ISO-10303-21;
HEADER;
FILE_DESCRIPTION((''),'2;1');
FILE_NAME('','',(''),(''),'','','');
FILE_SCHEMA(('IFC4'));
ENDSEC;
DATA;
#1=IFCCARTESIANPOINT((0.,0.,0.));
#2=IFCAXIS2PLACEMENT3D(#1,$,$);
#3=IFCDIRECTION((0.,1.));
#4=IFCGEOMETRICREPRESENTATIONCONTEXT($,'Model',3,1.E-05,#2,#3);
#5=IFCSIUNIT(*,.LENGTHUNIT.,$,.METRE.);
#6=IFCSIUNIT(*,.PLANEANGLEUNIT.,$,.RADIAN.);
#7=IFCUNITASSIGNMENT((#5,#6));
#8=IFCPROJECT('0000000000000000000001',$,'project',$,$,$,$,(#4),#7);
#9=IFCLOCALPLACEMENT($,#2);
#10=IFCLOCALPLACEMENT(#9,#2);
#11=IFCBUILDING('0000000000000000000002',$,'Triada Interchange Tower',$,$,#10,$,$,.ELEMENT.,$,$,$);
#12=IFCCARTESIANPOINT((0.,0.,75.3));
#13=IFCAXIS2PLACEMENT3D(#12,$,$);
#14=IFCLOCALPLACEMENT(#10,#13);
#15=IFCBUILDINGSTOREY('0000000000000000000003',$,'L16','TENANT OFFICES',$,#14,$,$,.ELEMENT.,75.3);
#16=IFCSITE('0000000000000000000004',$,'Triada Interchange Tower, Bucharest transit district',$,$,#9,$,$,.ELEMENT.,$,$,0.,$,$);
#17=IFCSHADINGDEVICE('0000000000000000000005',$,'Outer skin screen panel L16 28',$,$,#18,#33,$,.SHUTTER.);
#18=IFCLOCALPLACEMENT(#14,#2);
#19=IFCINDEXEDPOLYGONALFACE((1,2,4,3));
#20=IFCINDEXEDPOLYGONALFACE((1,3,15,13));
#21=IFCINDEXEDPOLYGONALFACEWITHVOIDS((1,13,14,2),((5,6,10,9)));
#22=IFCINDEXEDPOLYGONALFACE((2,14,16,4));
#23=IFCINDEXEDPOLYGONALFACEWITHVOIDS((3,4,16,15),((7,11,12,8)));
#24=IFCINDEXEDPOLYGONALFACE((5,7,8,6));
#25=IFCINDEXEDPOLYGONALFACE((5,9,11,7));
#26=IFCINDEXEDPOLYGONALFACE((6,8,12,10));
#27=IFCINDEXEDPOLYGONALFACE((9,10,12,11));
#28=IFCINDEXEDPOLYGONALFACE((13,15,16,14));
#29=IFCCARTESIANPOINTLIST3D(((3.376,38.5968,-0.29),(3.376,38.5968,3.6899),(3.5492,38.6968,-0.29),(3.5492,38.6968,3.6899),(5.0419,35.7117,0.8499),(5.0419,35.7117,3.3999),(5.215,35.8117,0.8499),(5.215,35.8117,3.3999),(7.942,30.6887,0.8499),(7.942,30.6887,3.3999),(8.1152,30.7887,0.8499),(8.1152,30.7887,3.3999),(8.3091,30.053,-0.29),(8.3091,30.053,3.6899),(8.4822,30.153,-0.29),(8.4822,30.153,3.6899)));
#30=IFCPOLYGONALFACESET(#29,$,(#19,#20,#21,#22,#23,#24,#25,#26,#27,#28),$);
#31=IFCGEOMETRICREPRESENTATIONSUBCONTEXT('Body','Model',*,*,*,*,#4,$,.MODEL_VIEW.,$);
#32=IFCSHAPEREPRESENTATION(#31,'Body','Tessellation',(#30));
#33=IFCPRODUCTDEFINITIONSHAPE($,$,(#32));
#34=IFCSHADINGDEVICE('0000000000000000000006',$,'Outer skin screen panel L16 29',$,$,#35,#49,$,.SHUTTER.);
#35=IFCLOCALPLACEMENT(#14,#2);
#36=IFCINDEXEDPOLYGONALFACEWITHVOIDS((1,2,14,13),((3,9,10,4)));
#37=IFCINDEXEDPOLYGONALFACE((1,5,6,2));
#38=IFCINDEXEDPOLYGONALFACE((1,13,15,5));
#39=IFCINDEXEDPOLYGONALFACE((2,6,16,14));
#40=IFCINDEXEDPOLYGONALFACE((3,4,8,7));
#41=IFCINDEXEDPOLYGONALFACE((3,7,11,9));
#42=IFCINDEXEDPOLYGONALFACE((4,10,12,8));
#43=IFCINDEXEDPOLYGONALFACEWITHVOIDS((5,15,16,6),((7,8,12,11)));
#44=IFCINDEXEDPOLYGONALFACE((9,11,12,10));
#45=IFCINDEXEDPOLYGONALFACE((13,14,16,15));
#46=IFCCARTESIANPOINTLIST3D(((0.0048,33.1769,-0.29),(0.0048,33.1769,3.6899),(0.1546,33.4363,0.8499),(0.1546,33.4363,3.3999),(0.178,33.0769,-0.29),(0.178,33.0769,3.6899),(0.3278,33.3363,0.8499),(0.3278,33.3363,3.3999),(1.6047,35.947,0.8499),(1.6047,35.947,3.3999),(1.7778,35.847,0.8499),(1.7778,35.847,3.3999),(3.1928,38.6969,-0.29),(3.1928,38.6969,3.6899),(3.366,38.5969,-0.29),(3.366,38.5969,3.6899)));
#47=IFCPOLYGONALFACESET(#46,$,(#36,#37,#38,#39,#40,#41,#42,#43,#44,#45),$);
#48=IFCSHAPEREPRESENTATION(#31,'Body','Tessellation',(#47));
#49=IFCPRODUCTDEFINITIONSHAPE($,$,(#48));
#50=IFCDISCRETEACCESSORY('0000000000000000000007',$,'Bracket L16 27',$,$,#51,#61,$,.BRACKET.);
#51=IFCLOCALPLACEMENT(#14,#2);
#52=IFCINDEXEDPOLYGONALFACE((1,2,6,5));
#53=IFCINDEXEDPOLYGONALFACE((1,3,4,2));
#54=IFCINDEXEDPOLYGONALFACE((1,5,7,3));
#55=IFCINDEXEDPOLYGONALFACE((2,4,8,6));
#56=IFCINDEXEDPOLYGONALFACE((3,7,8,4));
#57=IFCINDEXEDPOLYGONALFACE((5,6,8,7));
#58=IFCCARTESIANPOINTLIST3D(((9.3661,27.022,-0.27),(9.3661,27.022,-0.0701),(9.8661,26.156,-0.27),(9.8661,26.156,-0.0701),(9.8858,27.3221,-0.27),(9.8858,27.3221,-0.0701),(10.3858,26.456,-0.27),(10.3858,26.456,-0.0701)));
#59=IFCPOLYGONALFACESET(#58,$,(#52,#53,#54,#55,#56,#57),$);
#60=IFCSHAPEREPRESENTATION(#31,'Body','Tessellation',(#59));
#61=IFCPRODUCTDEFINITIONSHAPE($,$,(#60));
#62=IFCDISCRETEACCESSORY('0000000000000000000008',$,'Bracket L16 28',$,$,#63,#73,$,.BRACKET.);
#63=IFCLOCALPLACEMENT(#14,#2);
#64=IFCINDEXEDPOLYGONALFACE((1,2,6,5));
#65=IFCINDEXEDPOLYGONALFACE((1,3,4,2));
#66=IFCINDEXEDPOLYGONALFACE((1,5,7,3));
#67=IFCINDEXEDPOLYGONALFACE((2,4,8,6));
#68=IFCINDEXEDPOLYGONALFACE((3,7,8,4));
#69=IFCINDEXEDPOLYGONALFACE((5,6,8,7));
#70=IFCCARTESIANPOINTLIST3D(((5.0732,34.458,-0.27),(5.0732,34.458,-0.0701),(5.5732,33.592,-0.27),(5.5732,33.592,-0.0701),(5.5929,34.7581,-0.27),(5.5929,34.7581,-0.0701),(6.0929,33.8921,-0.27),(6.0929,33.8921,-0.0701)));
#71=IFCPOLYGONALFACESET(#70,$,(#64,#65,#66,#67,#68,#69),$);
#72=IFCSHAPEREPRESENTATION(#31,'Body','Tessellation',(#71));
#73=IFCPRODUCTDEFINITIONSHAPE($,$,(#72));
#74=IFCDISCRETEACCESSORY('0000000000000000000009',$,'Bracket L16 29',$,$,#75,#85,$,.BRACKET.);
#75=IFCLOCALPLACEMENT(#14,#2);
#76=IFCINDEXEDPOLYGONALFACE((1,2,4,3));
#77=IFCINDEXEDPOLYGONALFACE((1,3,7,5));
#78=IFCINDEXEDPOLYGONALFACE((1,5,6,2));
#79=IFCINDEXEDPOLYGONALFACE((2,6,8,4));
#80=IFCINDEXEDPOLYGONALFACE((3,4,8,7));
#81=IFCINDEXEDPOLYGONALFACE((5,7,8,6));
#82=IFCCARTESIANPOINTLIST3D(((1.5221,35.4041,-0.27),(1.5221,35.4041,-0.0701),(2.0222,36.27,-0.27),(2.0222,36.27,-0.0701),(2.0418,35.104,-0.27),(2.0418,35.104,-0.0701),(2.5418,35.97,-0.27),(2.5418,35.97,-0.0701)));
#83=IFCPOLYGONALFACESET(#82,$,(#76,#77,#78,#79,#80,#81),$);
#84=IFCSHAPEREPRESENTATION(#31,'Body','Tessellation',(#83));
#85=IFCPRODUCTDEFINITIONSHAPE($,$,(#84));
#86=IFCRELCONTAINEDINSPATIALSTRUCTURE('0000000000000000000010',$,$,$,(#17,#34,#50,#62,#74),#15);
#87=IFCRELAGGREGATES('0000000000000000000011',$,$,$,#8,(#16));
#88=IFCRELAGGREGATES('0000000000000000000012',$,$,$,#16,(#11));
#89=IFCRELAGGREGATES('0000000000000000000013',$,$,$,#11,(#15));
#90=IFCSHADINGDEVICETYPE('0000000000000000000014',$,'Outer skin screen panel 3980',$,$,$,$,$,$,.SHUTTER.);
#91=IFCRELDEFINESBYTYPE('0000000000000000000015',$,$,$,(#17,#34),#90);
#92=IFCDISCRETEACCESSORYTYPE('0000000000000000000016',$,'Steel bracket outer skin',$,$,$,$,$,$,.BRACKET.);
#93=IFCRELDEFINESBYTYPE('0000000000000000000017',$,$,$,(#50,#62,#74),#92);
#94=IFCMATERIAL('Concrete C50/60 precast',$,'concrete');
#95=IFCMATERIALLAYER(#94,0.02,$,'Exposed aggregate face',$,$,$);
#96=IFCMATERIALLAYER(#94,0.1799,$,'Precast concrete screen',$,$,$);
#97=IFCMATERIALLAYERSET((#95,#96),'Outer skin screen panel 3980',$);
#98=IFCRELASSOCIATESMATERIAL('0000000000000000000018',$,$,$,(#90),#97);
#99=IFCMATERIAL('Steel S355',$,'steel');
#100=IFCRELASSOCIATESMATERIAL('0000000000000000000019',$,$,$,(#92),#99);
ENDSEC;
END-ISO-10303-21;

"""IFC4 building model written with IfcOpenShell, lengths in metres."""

from ifc_helpers import new_model, si_unit, direction, frame, origin, origin_2d, place, context, subcontext, project, spatial, polyline, rectangle, outline, extrude, material, layer, layer_set, type_object, element, save


model = new_model("IFC4")

# Units and contexts
model_context = context("Model", 3, precision=1e-05, world=origin(), true_north=direction((0.0, 1.0)))
body_context = subcontext(model_context, "Body", "Model", "MODEL_VIEW")
ifc_project = project(units=[si_unit("LENGTHUNIT", "METRE"), si_unit("PLANEANGLEUNIT", "RADIAN")], contexts=[model_context])

# Site, building, storey
site_placement = place(None, origin())
site = spatial("IfcSite", under=ifc_project, at=site_placement, Name="Triada Interchange Tower, Bucharest transit district", CompositionType="ELEMENT", RefElevation=0.0)
building_placement = place(site_placement, origin())
building = spatial("IfcBuilding", under=site, at=building_placement, Name="Triada Interchange Tower", CompositionType="ELEMENT")
storey_placement = place(building_placement, frame((0.0, 0.0, 75.3)))
storey = spatial("IfcBuildingStorey", under=building, at=storey_placement, Name="L16", Description="TENANT OFFICES", CompositionType="ELEMENT", Elevation=75.3)

# Shading devices
ifc_material_1 = material(Name="Concrete C50/60 precast", Category="concrete")
ifc_layer_1 = layer(ifc_material_1, 0.02, Name="Exposed aggregate face")
ifc_layer_2 = layer(ifc_material_1, 0.1799, Name="Precast concrete screen")
ifc_layer_set_1 = layer_set([ifc_layer_1, ifc_layer_2], Name="Outer skin screen panel 3980")
shading_device_type = type_object("IfcShadingDeviceType", Name="Outer skin screen panel 3980", PredefinedType="SHUTTER", material=ifc_layer_set_1)
shading_device_1_placement = place(storey_placement, frame((8.3091, 30.053, -0.29), z_axis=(0.0, 0.0, 1.0), x_axis=(-0.500019, 0.866014, 0.0)))
element("IfcShadingDevice", 1, at=shading_device_1_placement, inside=storey, type_object=shading_device_type, Name="Outer skin screen panel L16 28", PredefinedType="SHUTTER", context=body_context, shape_type="SweptSolid", body=[
    extrude(outline(polyline([(0.0, 0.0), (9.8657, 0.0), (9.8657, 3.98), (0.0, 3.98), (0.0, 0.0)]), holes=[polyline([(0.7341, 1.1399), (0.7341, 3.6899), (6.5342, 3.6899), (6.5342, 1.1399), (0.7341, 1.1399)])]), frame((0.0, 0.0, 0.0), z_axis=(0.0, -1.0, 0.0), x_axis=(1.0, 0.0, 0.0)), (0.0, 0.0, 1.0), 0.2),
])
shading_device_2_placement = place(storey_placement, frame((3.366, 38.5969, -0.29), z_axis=(0.0, 0.0, 1.0), x_axis=(-0.500118, -0.865957, 0.0)))
element("IfcShadingDevice", 2, at=shading_device_2_placement, inside=storey, type_object=shading_device_type, Name="Outer skin screen panel L16 29", PredefinedType="SHUTTER", context=body_context, shape_type="SweptSolid", body=[
    extrude(outline(polyline([(0.0, 0.0), (6.3745, 0.0), (6.3745, 3.98), (0.0, 3.98), (0.0, 0.0)]), holes=[polyline([(3.1755, 1.1399), (3.1755, 3.6899), (6.075, 3.6899), (6.075, 1.1399), (3.1755, 1.1399)])]), frame((0.0, 0.0, 0.0), z_axis=(0.0, -1.0, 0.0), x_axis=(1.0, 0.0, 0.0)), (0.0, 0.0, 1.0), 0.2),
])

# Discrete accessories
ifc_material_2 = material(Name="Steel S355", Category="steel")
discrete_accessory_type = type_object("IfcDiscreteAccessoryType", Name="Steel bracket outer skin", PredefinedType="BRACKET", material=ifc_material_2)
for number, where, z_axis, x_axis, name in (
    (3, (9.876, 26.739, -0.27), (0.0, 0.0, 1.0), (0.866027, 0.499997, 0.0), "Bracket L16 27"),
    (4, (5.583, 34.175, -0.27), (0.0, 0.0, 1.0), (0.866027, 0.499997, 0.0), "Bracket L16 28"),
    (5, (2.032, 35.687, -0.27), (0.0, 0.0, 1.0), (-0.865998, 0.500048, 0.0), "Bracket L16 29"),
):
    element("IfcDiscreteAccessory", number, at=place(storey_placement, frame(where, z_axis=z_axis, x_axis=x_axis)), inside=storey, type_object=discrete_accessory_type, Name=name, PredefinedType="BRACKET", context=body_context, shape_type="SweptSolid", body=[
        extrude(rectangle(XDim=0.6001, YDim=1.0, at=origin_2d()), origin(), (0.0, 0.0, 1.0), 0.2),
    ])

save(model, "model.ifc")
